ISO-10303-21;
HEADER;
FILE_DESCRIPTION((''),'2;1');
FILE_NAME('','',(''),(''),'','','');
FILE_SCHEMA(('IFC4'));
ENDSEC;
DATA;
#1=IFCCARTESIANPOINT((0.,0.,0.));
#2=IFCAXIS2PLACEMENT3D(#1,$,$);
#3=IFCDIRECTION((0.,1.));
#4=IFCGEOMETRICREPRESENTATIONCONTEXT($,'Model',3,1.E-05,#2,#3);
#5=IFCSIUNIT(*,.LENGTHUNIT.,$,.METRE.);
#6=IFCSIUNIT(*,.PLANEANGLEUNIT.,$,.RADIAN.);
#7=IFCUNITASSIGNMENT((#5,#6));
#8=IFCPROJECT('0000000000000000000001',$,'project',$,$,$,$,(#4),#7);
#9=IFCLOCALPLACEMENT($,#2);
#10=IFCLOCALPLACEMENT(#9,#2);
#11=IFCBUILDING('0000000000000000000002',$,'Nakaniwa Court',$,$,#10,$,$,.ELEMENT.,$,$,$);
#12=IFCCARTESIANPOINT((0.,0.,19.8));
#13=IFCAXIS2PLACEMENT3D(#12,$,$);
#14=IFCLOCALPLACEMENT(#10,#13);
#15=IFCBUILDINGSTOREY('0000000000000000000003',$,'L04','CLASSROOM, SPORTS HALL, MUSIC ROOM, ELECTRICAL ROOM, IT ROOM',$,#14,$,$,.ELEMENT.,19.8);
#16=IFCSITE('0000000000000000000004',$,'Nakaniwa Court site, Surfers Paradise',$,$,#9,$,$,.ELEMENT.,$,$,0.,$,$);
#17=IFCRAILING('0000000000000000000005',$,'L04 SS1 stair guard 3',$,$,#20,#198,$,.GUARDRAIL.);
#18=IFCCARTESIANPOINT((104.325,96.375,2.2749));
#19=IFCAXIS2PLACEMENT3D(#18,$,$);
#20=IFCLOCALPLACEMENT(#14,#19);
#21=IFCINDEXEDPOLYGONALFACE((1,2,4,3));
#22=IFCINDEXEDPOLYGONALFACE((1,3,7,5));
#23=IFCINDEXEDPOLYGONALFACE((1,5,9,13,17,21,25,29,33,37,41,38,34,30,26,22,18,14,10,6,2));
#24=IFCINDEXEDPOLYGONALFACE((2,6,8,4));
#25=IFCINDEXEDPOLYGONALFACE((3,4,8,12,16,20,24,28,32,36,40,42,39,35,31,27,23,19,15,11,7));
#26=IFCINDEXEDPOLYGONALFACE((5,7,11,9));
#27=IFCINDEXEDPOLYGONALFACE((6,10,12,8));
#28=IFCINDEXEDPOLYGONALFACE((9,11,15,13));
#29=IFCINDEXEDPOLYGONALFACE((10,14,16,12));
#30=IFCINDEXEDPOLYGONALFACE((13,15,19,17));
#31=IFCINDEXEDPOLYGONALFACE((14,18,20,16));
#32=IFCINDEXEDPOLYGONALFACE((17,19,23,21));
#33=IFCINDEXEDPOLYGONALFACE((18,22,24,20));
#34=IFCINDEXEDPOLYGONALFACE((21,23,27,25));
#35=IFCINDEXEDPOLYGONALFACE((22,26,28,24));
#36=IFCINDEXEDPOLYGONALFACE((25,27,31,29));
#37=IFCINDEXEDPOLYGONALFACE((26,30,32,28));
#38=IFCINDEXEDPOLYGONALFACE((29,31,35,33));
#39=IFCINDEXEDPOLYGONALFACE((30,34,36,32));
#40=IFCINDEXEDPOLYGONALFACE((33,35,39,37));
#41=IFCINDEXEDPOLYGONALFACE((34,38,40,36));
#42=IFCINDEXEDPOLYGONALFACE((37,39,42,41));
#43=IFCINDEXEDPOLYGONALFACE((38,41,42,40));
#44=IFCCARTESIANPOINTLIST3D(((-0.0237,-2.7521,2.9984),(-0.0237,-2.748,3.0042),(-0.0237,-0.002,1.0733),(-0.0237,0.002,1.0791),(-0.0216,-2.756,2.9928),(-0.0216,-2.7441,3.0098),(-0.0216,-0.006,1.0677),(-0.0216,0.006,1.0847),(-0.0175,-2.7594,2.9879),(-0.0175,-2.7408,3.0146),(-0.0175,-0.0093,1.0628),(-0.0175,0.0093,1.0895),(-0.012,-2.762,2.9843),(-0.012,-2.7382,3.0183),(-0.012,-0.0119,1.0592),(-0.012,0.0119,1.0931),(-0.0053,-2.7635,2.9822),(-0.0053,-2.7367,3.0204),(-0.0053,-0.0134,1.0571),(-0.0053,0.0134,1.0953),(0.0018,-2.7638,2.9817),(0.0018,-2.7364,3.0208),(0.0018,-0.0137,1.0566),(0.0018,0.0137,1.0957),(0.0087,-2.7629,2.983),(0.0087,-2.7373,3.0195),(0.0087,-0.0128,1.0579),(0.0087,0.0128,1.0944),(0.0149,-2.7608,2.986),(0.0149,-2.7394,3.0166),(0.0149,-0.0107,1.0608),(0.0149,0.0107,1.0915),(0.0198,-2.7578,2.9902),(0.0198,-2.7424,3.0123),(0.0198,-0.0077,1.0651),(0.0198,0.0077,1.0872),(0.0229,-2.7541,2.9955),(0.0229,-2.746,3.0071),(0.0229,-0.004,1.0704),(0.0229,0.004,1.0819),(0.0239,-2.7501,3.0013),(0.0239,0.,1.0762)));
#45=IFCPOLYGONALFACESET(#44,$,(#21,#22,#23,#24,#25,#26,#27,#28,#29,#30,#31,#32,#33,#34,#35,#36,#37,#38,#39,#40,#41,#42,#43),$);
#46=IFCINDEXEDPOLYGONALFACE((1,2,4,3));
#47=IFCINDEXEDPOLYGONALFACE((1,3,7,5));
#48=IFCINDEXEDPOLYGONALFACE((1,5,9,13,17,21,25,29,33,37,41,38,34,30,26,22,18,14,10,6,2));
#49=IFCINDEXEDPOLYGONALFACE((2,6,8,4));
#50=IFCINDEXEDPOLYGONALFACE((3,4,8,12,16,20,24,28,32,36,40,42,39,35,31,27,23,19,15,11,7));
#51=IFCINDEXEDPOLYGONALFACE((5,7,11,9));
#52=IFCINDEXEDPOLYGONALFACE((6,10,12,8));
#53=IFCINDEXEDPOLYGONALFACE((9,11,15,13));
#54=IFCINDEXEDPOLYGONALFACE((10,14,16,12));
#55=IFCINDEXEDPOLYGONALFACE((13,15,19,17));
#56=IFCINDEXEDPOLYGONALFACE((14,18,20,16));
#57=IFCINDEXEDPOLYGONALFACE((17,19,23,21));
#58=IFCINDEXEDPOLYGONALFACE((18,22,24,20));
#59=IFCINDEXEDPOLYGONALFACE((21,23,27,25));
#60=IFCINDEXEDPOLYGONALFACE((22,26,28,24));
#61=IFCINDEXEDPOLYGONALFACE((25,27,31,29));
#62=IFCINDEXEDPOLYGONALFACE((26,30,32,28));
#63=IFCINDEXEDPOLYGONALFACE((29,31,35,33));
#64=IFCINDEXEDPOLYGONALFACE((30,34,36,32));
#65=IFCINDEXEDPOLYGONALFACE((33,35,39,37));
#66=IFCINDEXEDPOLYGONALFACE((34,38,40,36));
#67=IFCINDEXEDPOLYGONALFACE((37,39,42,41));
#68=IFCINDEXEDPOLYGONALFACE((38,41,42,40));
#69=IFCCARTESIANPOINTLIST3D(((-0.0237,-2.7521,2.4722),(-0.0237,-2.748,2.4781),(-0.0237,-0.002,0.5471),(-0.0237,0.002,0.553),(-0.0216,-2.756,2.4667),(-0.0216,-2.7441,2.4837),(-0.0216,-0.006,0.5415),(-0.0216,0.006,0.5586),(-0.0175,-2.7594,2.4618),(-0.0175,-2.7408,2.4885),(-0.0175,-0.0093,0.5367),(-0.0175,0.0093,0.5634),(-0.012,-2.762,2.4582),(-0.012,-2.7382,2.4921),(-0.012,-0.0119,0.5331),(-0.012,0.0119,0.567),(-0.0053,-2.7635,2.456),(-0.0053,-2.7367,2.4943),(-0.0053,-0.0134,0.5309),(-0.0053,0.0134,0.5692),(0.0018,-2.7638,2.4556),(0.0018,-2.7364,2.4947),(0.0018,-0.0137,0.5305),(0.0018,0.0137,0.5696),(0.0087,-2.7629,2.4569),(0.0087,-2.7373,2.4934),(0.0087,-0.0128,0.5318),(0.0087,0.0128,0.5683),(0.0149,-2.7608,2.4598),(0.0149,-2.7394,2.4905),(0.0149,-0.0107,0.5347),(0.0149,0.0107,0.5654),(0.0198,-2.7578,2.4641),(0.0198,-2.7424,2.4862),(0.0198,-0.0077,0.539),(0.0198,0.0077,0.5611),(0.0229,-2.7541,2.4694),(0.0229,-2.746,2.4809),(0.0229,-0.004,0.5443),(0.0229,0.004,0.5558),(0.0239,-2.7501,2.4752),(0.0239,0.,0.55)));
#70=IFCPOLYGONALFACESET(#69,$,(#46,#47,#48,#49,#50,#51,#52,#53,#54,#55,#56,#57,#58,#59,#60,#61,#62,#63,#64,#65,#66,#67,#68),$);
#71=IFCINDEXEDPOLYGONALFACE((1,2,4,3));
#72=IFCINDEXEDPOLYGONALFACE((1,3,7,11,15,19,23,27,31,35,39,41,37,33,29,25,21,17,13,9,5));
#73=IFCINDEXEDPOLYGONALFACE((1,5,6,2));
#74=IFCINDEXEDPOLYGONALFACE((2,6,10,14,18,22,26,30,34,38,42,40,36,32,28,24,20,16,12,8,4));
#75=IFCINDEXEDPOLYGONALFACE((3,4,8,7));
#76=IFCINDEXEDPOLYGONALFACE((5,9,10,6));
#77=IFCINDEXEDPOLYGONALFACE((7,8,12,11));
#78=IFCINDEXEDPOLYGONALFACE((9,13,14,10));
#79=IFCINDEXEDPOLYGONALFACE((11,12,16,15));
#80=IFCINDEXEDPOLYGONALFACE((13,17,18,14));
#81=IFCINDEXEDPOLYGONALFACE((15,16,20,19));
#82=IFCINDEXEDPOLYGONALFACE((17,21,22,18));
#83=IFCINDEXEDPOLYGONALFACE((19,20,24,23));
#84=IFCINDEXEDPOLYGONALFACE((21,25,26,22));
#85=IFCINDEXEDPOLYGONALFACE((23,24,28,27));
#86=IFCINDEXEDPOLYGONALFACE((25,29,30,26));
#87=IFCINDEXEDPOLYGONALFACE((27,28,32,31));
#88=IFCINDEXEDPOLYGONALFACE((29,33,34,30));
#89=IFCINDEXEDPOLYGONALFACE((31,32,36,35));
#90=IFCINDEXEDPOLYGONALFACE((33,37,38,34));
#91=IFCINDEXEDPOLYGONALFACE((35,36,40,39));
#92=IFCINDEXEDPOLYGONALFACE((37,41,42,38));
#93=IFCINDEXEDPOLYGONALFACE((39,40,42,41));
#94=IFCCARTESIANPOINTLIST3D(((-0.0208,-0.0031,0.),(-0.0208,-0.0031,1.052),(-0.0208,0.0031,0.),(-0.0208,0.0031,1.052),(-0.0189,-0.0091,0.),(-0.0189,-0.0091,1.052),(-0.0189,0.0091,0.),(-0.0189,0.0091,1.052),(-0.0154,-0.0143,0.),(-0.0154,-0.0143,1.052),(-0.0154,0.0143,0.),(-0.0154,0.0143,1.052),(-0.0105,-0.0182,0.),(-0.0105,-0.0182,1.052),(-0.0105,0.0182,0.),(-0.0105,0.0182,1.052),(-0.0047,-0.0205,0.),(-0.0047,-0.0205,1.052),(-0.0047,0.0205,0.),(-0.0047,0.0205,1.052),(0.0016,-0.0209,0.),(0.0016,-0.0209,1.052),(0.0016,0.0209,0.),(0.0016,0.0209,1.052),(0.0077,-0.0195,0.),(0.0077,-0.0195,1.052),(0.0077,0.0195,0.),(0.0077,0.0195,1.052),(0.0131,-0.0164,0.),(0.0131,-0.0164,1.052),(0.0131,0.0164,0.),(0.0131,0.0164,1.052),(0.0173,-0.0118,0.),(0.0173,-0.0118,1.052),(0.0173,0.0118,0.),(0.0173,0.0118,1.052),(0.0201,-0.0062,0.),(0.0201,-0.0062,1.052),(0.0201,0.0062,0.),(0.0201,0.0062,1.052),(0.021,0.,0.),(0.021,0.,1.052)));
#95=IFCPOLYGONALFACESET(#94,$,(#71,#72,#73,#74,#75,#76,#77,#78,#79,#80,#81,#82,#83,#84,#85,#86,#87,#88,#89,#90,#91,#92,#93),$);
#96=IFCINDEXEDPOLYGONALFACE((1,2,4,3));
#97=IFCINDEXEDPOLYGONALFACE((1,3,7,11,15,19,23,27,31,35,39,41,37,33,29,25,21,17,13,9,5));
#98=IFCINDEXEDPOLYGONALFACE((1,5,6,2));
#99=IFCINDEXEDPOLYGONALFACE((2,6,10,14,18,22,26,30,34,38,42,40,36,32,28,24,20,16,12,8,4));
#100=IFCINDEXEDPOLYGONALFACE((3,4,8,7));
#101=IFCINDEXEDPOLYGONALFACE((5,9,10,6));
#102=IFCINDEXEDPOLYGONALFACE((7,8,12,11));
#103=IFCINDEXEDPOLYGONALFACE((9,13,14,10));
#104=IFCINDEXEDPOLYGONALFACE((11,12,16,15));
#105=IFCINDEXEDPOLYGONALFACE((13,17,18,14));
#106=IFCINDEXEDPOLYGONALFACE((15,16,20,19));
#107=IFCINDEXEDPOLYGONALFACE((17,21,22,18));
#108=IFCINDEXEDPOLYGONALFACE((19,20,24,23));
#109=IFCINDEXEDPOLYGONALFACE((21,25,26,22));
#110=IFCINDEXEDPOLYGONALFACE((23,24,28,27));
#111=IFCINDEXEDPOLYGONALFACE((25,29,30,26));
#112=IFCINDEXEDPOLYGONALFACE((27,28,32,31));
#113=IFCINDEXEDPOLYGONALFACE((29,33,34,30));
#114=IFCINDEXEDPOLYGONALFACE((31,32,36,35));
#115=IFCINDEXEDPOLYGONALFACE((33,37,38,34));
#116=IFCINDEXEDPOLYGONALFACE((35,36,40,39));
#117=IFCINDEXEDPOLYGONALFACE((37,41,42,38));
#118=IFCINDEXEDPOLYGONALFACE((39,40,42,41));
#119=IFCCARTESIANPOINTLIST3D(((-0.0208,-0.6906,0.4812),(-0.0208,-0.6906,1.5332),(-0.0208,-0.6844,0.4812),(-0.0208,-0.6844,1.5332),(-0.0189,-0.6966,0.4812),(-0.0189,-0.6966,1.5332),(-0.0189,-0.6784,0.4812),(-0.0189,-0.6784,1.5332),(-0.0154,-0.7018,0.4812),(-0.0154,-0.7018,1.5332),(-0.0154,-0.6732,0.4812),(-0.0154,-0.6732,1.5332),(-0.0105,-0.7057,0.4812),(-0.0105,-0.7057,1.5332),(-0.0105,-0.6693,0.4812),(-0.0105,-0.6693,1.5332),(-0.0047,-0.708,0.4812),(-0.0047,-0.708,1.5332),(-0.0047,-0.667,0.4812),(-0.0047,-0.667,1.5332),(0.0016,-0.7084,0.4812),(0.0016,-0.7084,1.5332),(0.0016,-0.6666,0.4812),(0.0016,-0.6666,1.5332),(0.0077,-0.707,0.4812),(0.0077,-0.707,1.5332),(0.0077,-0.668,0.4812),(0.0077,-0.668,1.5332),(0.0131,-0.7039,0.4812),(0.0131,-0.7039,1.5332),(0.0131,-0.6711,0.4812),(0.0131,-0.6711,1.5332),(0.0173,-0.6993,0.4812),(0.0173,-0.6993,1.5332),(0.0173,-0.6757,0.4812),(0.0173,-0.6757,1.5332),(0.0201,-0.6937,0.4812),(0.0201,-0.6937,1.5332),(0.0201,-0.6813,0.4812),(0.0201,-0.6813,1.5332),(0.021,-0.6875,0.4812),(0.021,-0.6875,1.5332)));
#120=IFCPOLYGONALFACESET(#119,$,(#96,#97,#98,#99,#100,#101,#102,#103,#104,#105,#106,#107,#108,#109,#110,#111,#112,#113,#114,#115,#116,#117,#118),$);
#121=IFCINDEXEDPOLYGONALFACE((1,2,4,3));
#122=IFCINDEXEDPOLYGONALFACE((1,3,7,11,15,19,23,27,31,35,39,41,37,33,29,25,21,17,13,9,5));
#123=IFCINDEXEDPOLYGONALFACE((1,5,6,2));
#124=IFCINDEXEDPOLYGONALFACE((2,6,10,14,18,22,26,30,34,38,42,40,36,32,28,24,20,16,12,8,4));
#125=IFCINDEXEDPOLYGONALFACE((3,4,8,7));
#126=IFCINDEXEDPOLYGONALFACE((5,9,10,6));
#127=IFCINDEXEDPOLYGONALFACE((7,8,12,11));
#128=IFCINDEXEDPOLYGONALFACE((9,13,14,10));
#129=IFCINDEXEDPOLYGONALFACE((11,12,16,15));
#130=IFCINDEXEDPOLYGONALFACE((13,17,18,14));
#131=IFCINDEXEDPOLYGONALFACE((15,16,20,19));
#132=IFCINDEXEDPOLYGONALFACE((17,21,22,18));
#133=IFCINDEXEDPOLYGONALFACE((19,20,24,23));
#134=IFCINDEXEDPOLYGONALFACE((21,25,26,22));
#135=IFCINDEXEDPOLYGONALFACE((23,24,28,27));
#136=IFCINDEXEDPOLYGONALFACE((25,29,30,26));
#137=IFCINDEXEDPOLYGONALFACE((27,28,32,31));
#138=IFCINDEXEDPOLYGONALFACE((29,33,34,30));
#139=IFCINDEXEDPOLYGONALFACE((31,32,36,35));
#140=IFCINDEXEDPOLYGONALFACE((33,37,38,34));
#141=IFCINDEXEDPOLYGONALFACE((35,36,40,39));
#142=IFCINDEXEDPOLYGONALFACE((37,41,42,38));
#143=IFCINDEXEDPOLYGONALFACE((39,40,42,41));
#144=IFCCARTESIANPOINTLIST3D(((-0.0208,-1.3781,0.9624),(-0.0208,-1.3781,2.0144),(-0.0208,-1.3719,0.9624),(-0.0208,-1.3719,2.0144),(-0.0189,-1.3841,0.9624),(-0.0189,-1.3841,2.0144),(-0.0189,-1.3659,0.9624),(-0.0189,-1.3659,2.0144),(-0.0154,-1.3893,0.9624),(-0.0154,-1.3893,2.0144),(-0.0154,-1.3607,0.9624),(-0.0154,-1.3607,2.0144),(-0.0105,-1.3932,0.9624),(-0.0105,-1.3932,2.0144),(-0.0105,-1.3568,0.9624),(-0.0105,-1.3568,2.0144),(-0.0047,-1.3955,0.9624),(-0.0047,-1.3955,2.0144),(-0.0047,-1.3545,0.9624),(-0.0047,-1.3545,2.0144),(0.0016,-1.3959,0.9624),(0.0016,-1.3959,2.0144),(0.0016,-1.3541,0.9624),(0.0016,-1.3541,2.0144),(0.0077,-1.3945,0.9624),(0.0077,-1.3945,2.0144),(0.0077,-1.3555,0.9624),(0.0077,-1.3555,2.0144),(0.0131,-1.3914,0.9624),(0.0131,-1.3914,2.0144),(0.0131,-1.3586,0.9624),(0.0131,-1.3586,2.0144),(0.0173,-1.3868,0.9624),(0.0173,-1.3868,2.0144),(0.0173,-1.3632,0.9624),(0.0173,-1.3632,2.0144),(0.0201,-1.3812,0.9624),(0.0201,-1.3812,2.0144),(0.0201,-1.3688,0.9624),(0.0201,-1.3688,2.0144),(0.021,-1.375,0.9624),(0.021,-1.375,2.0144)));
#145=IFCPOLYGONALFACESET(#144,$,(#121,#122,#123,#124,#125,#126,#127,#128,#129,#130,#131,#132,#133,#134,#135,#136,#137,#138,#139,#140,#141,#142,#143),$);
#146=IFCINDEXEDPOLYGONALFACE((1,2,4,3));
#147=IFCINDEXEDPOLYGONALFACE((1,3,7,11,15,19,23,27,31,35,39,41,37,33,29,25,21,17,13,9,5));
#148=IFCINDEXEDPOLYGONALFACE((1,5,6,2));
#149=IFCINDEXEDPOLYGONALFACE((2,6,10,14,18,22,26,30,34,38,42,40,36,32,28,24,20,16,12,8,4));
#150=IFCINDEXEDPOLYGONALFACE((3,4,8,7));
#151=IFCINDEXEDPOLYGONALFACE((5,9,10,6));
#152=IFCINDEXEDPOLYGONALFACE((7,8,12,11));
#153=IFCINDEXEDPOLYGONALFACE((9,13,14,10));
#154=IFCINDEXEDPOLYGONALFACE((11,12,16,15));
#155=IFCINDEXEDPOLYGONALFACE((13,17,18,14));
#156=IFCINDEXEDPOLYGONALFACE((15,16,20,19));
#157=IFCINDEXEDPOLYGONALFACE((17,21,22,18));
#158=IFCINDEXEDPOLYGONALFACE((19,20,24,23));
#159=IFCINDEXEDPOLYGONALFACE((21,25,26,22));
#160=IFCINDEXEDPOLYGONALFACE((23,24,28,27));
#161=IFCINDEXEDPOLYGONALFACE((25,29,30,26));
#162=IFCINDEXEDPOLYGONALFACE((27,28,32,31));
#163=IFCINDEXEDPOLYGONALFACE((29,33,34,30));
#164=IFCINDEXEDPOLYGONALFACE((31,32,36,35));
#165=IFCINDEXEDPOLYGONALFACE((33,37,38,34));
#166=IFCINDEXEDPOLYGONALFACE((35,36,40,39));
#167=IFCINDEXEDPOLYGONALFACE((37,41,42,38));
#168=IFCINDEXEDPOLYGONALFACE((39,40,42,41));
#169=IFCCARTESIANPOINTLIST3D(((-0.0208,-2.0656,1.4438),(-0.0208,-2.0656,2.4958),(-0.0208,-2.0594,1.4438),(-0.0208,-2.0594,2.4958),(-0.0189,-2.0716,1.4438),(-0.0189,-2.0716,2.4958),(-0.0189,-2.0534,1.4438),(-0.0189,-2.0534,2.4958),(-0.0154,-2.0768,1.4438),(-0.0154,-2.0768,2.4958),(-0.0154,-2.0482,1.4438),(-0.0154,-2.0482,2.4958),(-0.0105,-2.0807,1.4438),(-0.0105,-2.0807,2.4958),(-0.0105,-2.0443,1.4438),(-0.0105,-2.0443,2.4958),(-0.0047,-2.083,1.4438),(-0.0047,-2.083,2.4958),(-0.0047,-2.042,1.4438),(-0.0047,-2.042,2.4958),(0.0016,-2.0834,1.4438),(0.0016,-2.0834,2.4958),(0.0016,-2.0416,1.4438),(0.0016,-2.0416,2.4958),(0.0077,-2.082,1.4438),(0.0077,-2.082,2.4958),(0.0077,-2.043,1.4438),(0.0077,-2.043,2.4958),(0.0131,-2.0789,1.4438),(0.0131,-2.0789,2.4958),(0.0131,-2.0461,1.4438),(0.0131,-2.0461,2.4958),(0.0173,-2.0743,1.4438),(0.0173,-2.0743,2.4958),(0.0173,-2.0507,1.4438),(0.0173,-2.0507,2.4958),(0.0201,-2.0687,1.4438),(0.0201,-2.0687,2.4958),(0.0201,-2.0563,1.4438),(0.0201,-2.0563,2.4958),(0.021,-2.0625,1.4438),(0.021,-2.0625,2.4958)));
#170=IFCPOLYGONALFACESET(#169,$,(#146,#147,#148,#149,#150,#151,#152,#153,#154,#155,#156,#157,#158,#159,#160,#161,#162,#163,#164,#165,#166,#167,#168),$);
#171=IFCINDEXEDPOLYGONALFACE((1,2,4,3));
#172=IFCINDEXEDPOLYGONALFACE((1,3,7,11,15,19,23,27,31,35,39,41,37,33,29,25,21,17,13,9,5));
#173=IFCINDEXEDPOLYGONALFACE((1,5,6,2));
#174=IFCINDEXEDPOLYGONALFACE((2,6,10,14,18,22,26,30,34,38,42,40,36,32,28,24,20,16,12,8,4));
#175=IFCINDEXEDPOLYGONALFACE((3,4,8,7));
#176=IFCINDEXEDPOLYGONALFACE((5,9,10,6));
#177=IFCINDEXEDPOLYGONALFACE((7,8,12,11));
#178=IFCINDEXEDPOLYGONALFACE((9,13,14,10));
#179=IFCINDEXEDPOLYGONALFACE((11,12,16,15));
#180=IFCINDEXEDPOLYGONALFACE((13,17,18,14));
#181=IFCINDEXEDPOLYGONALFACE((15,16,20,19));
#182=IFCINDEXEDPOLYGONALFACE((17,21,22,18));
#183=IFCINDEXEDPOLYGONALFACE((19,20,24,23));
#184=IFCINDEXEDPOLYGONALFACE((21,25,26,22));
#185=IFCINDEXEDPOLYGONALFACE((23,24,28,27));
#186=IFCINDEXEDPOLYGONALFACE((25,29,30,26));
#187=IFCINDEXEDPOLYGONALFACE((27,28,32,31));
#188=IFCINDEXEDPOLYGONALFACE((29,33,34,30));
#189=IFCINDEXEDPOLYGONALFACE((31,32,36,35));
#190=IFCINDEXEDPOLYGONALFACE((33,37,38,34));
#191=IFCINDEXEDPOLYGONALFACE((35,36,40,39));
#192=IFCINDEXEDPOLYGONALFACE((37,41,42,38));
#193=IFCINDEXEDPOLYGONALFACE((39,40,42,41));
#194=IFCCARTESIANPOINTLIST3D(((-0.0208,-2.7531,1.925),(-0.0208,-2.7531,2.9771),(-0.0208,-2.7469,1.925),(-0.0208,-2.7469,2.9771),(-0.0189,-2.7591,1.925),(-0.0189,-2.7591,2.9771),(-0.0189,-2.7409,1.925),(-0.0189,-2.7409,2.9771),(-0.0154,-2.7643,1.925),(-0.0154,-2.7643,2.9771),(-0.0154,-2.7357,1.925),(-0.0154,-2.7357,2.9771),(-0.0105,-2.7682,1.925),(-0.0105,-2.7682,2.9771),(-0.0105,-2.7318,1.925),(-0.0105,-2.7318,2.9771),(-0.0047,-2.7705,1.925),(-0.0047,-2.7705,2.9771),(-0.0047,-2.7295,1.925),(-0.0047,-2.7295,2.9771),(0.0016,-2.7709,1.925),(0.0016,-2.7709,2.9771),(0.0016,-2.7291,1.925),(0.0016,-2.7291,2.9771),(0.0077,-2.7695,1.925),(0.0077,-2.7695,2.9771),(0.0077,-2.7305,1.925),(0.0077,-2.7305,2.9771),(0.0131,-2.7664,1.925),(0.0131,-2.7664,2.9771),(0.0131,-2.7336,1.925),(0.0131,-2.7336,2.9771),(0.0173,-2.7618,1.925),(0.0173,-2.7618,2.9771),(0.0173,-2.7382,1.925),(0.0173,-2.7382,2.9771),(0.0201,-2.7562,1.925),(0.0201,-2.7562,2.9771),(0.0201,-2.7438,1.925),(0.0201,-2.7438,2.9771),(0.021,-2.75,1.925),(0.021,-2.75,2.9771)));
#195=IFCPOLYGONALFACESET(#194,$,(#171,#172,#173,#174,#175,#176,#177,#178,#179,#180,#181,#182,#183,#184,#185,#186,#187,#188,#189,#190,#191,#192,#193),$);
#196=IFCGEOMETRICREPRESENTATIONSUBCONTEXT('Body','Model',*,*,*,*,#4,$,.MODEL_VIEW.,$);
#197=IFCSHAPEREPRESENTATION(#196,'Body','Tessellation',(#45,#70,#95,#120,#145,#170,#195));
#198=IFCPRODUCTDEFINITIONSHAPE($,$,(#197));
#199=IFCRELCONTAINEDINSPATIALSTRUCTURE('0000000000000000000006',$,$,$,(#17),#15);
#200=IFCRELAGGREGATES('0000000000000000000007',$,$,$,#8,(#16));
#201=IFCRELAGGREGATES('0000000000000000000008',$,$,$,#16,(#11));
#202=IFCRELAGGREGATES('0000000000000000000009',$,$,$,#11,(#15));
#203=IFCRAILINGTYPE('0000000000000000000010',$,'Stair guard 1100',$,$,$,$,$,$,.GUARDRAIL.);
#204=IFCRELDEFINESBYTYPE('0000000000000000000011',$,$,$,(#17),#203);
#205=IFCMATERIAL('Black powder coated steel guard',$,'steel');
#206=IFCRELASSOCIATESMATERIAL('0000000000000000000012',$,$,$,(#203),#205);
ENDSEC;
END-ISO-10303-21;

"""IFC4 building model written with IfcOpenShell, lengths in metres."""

from ifc_helpers import new_model, si_unit, direction, frame, origin, origin_2d, place, context, subcontext, project, spatial, circle, extrude, material, type_object, element, save


model = new_model("IFC4")

# Units and contexts
model_context = context("Model", 3, precision=1e-05, world=origin(), true_north=direction((0.0, 1.0)))
body_context = subcontext(model_context, "Body", "Model", "MODEL_VIEW")
ifc_project = project(units=[si_unit("LENGTHUNIT", "METRE"), si_unit("PLANEANGLEUNIT", "RADIAN")], contexts=[model_context])

# Site, building, storey
site_placement = place(None, origin())
site = spatial("IfcSite", under=ifc_project, at=site_placement, Name="Nakaniwa Court site, Surfers Paradise", CompositionType="ELEMENT", RefElevation=0.0)
building_placement = place(site_placement, origin())
building = spatial("IfcBuilding", under=site, at=building_placement, Name="Nakaniwa Court", CompositionType="ELEMENT")
storey_placement = place(building_placement, frame((0.0, 0.0, 19.8)))
storey = spatial("IfcBuildingStorey", under=building, at=storey_placement, Name="L04", Description="CLASSROOM, SPORTS HALL, MUSIC ROOM, ELECTRICAL ROOM, IT ROOM", CompositionType="ELEMENT", Elevation=19.8)

# Railing
ifc_material_1 = material(Name="Black powder coated steel guard", Category="steel")
railing_type_1 = type_object("IfcRailingType", Name="Stair guard 1100", PredefinedType="GUARDRAIL", material=ifc_material_1)
railing_1_placement = place(storey_placement, frame((104.325, 96.375, 2.2749)))
element("IfcRailing", 1, at=railing_1_placement, inside=storey, type_object=railing_type_1, Name="L04 SS1 stair guard 3", PredefinedType="GUARDRAIL", context=body_context, shape_type="SweptSolid", body=[
    extrude(circle(Radius=0.0239, at=origin_2d()), frame((0.0, 0.0, 1.0762), z_axis=(0.0, -0.819225, 0.573472), x_axis=(1.0, 0.0, 0.0)), (0.0, 0.0, 1.0), 3.3569),
    extrude(circle(Radius=0.0239, at=origin_2d()), frame((0.0, 0.0, 0.55), z_axis=(0.0, -0.819225, 0.573472), x_axis=(1.0, 0.0, 0.0)), (0.0, 0.0, 1.0), 3.3569),
    extrude(circle(Radius=0.021, at=origin_2d()), origin(), (0.0, 0.0, 1.0), 1.052),
    extrude(circle(Radius=0.021, at=origin_2d()), frame((0.0, -0.6875, 0.4812)), (0.0, 0.0, 1.0), 1.052),
    extrude(circle(Radius=0.021, at=origin_2d()), frame((0.0, -1.375, 0.9624)), (0.0, 0.0, 1.0), 1.052),
    extrude(circle(Radius=0.021, at=origin_2d()), frame((0.0, -2.0625, 1.4438)), (0.0, 0.0, 1.0), 1.052),
    extrude(circle(Radius=0.021, at=origin_2d()), frame((0.0, -2.75, 1.925)), (0.0, 0.0, 1.0), 1.052),
])

save(model, "model.ifc")
